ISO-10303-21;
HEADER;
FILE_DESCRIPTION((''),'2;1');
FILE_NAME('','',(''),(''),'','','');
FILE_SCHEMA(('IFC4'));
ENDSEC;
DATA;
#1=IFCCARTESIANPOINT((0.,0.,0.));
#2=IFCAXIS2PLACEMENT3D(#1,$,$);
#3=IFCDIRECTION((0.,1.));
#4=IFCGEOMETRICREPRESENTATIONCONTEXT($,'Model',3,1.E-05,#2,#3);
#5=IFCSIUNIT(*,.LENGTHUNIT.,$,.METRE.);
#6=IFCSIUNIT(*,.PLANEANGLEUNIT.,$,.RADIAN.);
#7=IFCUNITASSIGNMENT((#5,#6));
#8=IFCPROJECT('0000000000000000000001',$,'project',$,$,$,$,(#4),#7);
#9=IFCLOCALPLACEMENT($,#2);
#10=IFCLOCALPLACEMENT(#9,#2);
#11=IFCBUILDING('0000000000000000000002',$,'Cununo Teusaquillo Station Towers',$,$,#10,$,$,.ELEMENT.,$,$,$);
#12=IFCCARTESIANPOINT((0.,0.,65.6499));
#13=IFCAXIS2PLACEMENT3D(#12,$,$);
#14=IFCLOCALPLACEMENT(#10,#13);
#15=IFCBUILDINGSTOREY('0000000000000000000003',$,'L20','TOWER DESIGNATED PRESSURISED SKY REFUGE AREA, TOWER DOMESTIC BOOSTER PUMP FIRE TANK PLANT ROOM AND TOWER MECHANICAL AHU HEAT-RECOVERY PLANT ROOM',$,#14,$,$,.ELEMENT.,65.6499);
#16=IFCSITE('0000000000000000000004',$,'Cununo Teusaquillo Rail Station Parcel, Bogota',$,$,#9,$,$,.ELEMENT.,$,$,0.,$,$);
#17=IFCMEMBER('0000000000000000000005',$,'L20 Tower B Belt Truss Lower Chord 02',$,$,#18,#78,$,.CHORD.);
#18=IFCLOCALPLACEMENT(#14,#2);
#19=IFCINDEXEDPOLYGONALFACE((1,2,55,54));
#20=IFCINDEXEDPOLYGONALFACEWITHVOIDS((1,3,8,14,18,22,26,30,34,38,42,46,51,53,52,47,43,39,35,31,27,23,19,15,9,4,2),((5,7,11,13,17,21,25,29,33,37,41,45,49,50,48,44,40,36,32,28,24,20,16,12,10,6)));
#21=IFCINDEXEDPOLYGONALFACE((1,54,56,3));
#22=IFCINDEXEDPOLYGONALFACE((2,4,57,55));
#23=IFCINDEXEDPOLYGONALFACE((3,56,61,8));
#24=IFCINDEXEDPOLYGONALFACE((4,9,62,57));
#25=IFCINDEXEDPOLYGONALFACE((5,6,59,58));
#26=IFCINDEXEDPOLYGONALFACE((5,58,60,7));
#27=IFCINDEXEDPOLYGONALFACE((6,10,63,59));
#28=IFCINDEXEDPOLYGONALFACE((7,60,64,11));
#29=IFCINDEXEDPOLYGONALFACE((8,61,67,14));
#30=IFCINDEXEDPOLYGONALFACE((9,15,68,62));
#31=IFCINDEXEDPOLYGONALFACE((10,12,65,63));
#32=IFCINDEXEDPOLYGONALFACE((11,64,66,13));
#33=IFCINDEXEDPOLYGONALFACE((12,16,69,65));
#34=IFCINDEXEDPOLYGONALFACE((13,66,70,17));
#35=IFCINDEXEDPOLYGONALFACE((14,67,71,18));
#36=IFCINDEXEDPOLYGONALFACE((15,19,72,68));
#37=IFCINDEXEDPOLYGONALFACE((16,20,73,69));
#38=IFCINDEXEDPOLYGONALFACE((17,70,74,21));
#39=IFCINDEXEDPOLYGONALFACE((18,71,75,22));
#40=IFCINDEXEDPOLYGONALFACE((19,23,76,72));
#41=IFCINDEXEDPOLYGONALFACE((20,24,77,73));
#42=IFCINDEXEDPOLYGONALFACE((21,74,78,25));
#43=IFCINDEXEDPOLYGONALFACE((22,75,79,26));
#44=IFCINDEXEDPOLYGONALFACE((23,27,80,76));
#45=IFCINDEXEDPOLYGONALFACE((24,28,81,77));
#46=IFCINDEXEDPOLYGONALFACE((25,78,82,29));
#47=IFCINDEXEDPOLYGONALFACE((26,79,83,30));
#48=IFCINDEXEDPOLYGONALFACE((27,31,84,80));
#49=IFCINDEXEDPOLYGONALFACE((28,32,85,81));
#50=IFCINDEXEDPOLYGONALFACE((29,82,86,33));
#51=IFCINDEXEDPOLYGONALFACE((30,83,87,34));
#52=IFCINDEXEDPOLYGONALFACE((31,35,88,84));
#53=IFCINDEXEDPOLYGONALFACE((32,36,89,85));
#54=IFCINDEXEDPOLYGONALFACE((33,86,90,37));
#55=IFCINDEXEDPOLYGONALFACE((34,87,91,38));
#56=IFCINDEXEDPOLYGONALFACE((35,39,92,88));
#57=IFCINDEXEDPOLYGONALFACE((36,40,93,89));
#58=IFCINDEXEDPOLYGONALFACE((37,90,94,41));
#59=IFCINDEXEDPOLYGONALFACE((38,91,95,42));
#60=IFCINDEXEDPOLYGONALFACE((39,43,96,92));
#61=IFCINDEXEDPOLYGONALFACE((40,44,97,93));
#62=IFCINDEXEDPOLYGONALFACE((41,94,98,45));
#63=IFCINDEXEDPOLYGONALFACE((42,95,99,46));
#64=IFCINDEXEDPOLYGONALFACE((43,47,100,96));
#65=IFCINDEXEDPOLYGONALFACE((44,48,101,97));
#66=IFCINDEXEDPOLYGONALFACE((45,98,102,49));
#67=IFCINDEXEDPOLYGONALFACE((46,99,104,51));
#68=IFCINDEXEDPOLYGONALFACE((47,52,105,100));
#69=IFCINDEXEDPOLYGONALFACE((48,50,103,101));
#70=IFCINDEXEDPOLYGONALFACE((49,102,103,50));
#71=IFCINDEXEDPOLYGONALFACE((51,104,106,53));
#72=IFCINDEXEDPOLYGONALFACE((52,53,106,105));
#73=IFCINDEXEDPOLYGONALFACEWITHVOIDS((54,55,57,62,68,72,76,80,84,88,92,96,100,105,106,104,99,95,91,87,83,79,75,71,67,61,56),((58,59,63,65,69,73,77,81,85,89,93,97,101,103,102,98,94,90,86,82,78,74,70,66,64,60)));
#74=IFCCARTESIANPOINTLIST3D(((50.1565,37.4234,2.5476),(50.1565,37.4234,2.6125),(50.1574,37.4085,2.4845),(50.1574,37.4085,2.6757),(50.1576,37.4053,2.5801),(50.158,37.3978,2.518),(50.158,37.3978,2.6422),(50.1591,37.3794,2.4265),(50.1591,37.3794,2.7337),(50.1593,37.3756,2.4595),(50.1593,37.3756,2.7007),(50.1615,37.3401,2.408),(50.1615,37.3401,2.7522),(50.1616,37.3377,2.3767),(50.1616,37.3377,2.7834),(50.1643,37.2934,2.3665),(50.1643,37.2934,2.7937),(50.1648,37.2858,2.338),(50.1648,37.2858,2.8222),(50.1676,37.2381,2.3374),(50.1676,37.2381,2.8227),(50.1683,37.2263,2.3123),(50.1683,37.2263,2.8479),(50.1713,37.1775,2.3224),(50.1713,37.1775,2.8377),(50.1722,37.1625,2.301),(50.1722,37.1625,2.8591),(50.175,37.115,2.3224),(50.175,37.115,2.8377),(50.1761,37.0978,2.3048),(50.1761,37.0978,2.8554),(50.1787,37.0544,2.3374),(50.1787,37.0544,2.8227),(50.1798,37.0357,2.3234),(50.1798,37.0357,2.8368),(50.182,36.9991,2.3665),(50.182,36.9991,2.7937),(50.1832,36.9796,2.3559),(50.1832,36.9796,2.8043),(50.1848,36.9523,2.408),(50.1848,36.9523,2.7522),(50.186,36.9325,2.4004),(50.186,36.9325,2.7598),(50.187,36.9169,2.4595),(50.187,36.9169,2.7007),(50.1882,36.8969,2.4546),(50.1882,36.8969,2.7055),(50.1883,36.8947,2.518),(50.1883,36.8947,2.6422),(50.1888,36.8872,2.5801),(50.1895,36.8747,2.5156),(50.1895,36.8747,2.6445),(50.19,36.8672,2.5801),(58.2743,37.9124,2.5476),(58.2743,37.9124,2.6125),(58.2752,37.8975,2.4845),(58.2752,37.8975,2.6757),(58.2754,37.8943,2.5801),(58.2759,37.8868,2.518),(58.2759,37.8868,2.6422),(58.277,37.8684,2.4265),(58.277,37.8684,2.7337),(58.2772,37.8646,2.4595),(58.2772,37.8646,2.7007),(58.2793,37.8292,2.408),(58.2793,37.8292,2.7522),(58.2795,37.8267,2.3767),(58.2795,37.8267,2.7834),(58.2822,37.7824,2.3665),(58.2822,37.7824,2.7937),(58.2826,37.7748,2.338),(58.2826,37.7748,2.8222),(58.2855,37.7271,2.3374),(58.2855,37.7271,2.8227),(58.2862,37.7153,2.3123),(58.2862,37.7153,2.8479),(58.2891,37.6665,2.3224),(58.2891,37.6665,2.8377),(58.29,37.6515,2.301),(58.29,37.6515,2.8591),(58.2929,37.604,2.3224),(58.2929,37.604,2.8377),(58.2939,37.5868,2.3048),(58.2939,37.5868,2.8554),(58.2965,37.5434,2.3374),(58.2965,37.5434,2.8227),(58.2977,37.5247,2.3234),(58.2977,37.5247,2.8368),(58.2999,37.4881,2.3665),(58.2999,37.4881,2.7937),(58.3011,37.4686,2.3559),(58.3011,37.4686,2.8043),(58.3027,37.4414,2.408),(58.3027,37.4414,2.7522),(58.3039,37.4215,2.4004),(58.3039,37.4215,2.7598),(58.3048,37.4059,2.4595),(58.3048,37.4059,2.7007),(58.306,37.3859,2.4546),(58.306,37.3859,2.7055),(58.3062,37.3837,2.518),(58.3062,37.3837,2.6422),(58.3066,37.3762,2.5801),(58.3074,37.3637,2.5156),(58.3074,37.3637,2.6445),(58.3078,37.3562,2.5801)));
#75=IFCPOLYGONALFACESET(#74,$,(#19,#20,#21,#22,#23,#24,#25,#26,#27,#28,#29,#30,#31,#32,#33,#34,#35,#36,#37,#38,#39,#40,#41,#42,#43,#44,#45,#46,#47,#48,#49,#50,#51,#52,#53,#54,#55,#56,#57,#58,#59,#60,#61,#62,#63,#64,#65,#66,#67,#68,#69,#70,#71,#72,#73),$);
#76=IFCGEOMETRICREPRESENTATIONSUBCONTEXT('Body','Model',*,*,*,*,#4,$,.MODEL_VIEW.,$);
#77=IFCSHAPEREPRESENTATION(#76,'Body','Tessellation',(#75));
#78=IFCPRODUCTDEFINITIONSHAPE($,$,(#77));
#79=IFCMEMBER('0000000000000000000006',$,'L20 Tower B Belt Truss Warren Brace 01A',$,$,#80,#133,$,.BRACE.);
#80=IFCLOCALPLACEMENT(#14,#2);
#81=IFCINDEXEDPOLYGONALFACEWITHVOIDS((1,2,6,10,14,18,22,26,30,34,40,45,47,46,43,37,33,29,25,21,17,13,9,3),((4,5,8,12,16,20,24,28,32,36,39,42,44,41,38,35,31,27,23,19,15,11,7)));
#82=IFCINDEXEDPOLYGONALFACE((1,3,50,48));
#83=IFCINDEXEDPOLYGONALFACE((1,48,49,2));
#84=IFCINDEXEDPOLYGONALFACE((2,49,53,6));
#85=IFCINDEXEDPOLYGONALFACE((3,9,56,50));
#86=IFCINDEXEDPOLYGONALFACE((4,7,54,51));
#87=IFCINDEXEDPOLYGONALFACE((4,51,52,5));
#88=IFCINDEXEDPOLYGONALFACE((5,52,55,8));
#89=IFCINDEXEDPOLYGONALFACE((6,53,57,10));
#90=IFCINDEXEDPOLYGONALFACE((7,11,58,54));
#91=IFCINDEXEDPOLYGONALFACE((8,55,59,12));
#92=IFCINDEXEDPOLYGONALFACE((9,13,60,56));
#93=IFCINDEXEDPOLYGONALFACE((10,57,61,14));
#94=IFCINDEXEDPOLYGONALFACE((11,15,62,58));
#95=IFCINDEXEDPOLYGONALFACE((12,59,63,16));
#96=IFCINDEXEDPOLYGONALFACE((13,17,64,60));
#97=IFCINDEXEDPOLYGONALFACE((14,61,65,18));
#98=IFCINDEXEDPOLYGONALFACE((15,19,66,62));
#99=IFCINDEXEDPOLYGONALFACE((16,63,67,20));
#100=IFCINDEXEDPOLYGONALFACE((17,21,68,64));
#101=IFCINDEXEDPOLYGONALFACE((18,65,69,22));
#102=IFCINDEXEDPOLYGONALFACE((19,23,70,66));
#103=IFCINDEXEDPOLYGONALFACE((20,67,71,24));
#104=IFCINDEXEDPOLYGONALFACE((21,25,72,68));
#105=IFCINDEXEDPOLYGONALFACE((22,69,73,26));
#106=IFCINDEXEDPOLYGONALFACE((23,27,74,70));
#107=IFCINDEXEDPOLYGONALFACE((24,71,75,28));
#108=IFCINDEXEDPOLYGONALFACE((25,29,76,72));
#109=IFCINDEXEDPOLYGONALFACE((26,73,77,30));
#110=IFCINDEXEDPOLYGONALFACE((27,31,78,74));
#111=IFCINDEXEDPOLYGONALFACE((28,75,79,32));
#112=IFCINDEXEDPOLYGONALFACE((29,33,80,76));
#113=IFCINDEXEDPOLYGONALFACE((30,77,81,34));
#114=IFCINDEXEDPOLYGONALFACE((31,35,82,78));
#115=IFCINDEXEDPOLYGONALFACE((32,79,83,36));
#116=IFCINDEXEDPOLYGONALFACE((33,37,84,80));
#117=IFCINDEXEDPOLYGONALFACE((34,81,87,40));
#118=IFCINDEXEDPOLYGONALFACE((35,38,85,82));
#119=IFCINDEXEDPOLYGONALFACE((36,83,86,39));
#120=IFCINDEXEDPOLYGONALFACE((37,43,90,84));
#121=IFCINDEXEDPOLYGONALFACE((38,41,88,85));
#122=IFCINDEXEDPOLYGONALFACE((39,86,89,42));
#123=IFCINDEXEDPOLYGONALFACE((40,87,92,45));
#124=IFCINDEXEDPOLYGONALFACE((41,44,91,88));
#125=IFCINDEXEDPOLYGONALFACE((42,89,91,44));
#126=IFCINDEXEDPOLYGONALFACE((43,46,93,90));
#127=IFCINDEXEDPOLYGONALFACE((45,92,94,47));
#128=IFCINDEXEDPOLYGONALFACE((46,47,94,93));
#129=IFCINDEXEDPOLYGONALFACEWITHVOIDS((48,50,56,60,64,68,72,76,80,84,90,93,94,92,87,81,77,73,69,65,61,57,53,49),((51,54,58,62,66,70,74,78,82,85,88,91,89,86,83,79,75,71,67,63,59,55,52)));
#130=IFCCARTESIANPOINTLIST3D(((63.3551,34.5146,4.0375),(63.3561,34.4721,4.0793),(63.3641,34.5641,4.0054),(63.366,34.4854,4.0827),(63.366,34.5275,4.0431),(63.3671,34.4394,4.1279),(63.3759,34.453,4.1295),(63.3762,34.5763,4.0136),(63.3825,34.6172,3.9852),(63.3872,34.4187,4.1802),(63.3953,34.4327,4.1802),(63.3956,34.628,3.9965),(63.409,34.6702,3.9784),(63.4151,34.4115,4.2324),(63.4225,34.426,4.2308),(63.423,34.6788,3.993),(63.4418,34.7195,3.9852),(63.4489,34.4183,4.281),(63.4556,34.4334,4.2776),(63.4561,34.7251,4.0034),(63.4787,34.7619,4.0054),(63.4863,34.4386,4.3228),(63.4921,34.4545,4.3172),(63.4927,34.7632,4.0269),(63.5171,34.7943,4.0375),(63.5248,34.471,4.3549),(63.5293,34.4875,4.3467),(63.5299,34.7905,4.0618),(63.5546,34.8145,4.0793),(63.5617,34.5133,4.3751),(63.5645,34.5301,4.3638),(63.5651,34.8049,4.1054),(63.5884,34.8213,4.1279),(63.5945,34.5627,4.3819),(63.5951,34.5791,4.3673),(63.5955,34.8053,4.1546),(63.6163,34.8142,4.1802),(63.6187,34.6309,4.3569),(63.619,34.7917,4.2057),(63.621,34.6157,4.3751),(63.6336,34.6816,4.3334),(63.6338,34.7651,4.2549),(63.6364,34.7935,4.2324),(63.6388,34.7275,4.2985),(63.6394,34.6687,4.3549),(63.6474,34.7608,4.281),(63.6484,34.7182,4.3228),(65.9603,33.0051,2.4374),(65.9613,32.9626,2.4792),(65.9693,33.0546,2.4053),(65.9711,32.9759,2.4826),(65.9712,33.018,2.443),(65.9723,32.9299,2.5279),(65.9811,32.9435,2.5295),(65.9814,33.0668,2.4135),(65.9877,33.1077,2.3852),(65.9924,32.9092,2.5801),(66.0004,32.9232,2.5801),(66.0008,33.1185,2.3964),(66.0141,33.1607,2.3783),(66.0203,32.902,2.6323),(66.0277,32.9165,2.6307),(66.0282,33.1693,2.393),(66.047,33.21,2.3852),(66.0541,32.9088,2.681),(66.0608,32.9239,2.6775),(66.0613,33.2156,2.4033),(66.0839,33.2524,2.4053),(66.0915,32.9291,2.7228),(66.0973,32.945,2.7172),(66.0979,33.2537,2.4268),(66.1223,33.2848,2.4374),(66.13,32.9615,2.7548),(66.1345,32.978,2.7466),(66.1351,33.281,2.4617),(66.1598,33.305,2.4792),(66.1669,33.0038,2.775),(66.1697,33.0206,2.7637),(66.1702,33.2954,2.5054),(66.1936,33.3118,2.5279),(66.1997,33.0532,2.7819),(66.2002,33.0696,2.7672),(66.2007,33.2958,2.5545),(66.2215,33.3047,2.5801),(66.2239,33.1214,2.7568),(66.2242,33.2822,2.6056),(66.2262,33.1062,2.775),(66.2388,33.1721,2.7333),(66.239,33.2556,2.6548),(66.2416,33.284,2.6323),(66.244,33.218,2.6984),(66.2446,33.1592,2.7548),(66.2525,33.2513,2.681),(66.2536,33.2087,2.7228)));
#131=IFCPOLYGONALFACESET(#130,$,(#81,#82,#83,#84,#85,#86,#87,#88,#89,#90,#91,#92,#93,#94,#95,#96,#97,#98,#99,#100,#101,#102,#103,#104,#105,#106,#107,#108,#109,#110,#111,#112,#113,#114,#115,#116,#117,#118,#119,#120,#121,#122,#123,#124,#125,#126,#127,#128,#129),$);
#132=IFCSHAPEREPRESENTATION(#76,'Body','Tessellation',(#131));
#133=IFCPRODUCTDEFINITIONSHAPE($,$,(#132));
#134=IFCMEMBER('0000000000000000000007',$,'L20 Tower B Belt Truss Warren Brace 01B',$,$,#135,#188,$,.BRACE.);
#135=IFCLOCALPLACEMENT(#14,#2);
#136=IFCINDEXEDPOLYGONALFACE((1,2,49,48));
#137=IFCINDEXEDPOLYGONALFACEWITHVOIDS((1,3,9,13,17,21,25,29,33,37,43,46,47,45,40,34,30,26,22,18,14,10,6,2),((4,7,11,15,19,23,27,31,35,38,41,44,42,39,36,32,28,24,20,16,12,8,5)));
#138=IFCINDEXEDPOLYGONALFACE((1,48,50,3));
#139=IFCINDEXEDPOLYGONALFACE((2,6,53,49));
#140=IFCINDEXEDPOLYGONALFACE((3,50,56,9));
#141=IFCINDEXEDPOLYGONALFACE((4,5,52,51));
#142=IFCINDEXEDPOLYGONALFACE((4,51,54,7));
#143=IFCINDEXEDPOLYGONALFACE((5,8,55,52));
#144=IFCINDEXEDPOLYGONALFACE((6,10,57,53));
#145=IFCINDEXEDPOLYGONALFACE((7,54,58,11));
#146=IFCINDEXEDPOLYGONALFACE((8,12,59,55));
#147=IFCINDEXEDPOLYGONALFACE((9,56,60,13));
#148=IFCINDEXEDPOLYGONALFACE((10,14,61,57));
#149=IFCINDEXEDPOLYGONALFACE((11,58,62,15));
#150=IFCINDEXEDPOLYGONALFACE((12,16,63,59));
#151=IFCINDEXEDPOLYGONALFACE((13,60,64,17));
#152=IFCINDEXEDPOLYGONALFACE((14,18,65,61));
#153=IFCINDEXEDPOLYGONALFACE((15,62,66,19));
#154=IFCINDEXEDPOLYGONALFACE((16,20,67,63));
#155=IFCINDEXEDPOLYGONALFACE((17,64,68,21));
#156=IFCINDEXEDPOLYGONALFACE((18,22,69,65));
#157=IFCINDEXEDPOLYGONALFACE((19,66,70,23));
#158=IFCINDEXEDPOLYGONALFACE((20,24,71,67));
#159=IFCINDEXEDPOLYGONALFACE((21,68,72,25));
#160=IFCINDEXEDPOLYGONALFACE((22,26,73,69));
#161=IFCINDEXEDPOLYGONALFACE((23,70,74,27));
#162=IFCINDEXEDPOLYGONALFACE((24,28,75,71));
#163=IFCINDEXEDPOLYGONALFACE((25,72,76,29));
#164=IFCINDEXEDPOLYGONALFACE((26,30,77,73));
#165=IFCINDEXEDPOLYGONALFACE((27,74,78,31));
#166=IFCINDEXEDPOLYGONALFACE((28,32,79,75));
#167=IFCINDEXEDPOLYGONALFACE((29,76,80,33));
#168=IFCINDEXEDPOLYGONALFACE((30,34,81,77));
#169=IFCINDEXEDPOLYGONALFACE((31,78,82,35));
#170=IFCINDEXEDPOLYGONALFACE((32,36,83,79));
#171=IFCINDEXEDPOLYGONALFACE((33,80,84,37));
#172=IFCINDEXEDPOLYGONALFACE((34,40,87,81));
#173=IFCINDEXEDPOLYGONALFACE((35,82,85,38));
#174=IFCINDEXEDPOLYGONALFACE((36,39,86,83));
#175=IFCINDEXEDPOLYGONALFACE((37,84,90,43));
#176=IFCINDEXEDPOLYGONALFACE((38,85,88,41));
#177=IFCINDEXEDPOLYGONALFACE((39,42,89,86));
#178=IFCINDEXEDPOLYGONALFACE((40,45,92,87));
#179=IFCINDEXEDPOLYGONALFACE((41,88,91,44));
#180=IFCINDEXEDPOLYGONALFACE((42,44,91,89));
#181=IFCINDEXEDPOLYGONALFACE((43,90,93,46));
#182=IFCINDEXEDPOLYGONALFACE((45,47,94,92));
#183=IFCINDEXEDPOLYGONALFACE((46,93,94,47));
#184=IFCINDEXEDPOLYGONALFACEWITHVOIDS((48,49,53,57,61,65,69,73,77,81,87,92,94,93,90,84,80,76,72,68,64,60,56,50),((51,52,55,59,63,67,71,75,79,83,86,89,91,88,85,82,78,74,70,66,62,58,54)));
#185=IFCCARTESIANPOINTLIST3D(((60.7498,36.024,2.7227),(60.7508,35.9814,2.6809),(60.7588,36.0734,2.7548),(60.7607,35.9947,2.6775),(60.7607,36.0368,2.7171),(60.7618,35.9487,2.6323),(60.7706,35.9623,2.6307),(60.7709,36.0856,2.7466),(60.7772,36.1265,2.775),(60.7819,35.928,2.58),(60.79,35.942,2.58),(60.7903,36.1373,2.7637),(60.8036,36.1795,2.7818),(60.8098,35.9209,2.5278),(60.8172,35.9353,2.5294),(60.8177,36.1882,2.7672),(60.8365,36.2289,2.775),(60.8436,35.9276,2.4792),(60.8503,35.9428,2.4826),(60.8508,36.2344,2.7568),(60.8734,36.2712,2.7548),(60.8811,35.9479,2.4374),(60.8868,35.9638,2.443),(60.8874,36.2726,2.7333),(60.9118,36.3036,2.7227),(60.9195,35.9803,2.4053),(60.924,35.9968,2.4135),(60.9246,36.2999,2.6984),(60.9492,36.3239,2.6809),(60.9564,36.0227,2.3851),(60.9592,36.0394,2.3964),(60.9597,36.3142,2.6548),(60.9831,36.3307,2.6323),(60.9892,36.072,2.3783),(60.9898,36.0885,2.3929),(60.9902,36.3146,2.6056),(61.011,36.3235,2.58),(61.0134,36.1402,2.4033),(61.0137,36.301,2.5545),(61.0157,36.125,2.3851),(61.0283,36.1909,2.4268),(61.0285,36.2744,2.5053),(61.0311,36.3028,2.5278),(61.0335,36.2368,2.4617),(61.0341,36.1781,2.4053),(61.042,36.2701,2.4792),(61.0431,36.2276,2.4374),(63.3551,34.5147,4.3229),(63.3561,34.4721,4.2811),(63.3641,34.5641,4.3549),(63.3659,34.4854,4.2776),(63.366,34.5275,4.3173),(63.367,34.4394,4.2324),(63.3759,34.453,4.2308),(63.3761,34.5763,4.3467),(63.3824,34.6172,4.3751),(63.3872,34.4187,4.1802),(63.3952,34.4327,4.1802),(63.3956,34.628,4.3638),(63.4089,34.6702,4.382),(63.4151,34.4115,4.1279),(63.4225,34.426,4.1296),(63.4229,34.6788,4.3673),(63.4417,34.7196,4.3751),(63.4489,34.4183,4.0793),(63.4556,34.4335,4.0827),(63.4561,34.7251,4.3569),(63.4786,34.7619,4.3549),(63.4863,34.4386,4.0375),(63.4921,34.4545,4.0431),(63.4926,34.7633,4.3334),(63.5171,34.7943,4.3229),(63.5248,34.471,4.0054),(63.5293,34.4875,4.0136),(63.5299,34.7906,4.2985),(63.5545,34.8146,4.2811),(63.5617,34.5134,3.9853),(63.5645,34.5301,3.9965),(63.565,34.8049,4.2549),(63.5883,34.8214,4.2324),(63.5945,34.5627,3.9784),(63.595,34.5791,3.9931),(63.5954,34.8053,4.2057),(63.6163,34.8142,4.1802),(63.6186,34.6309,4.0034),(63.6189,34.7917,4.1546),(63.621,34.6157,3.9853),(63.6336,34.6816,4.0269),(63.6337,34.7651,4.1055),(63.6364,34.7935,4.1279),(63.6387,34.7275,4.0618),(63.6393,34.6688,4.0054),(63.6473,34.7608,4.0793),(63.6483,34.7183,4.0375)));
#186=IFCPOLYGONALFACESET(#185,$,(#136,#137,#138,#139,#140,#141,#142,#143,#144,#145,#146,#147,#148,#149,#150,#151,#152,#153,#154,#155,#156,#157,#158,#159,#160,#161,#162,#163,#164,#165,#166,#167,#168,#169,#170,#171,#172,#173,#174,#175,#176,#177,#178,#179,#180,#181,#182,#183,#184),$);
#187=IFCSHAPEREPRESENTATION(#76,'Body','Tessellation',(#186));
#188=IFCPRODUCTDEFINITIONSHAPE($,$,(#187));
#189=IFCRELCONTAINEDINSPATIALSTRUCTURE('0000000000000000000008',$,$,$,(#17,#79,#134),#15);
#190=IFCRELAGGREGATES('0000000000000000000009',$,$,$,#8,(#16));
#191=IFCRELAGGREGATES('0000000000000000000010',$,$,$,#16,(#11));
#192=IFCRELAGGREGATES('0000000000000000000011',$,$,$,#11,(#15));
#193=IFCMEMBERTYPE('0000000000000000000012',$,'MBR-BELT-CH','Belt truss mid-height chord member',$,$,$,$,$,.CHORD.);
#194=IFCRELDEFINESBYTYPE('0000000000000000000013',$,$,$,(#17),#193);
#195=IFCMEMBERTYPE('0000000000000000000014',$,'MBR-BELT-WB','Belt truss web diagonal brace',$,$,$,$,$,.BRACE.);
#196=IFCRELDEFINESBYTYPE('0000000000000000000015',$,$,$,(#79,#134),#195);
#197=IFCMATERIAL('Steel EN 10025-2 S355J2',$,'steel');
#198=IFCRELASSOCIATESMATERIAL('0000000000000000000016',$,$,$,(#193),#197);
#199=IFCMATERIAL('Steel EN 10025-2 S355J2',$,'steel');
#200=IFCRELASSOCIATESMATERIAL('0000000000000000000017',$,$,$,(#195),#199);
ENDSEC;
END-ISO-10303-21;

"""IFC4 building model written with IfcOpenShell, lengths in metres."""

from ifc_helpers import new_model, si_unit, direction, frame, origin, origin_2d, place, context, subcontext, project, spatial, hollow_circle, extrude, material, material_profile, profile_set, type_object, element, save


model = new_model("IFC4")

# Units and contexts
model_context = context("Model", 3, precision=1e-05, world=origin(), true_north=direction((0.0, 1.0)))
body_context = subcontext(model_context, "Body", "Model", "MODEL_VIEW")
ifc_project = project(units=[si_unit("LENGTHUNIT", "METRE"), si_unit("PLANEANGLEUNIT", "RADIAN")], contexts=[model_context])

# Site, building, storey
site_placement = place(None, origin())
site = spatial("IfcSite", under=ifc_project, at=site_placement, Name="Cununo Teusaquillo Rail Station Parcel, Bogota", CompositionType="ELEMENT", RefElevation=0.0)
building_placement = place(site_placement, origin())
building = spatial("IfcBuilding", under=site, at=building_placement, Name="Cununo Teusaquillo Station Towers", CompositionType="ELEMENT")
storey_placement = place(building_placement, frame((0.0, 0.0, 65.6499)))
storey = spatial("IfcBuildingStorey", under=building, at=storey_placement, Name="L20", Description="TOWER DESIGNATED PRESSURISED SKY REFUGE AREA, TOWER DOMESTIC BOOSTER PUMP FIRE TANK PLANT ROOM AND TOWER MECHANICAL AHU HEAT-RECOVERY PLANT ROOM", CompositionType="ELEMENT", Elevation=65.6499)

# Members
ifc_material_1 = material(Name="Steel EN 10025-2 S355J2", Category="steel")
ifc_material_profile_1 = material_profile(ifc_material_1, hollow_circle(Radius=0.2795, WallThickness=0.02, at=origin_2d()), Name="CHS 559x20")
ifc_profile_set_1 = profile_set([ifc_material_profile_1], Name="Steel EN 10025-2 S355J2")
member_type_1 = type_object("IfcMemberType", Name="MBR-BELT-CH", Description="Belt truss mid-height chord member", PredefinedType="CHORD", material=ifc_profile_set_1)
member_1_placement = place(storey_placement, frame((58.291, 37.6353, 2.5801), z_axis=(-0.998191, -0.06013, 0.0), x_axis=(0.06013, -0.998191, 0.0)))
element("IfcMember", 1, at=member_1_placement, inside=storey, type_object=member_type_1, Name="L20 Tower B Belt Truss Lower Chord 02", PredefinedType="CHORD", context=body_context, shape_type="SweptSolid", body=[
    extrude(hollow_circle(Radius=0.2795, WallThickness=0.02, at=origin_2d()), origin(), (0.0, 0.0, 1.0), 8.1326),
])
ifc_material_2 = material(Name="Steel EN 10025-2 S355J2", Category="steel")
ifc_material_profile_2 = material_profile(ifc_material_2, hollow_circle(Radius=0.2285, WallThickness=0.0161, at=origin_2d()), Name="CHS 457x16")
ifc_profile_set_2 = profile_set([ifc_material_profile_2], Name="Steel EN 10025-2 S355J2")
member_type_2 = type_object("IfcMemberType", Name="MBR-BELT-WB", Description="Belt truss web diagonal brace", PredefinedType="BRACE", material=ifc_profile_set_2)
for number, where, z_axis, x_axis, name in (
    (2, (66.1069, 33.1069, 2.5801), (-0.764059, 0.442712, 0.469276), (-0.501343, -0.865249, 0.0), "L20 Tower B Belt Truss Warren Brace 01A"),
    (3, (63.5017, 34.6165, 4.1802), (-0.764083, 0.442654, -0.469291), (-0.501282, -0.865284, 0.0), "L20 Tower B Belt Truss Warren Brace 01B"),
):
    element("IfcMember", number, at=place(storey_placement, frame(where, z_axis=z_axis, x_axis=x_axis)), inside=storey, type_object=member_type_2, Name=name, PredefinedType="BRACE", context=body_context, shape_type="SweptSolid", body=[
        extrude(hollow_circle(Radius=0.2285, WallThickness=0.0161, at=origin_2d()), origin(), (0.0, 0.0, 1.0), 3.4097),
    ])

save(model, "model.ifc")
